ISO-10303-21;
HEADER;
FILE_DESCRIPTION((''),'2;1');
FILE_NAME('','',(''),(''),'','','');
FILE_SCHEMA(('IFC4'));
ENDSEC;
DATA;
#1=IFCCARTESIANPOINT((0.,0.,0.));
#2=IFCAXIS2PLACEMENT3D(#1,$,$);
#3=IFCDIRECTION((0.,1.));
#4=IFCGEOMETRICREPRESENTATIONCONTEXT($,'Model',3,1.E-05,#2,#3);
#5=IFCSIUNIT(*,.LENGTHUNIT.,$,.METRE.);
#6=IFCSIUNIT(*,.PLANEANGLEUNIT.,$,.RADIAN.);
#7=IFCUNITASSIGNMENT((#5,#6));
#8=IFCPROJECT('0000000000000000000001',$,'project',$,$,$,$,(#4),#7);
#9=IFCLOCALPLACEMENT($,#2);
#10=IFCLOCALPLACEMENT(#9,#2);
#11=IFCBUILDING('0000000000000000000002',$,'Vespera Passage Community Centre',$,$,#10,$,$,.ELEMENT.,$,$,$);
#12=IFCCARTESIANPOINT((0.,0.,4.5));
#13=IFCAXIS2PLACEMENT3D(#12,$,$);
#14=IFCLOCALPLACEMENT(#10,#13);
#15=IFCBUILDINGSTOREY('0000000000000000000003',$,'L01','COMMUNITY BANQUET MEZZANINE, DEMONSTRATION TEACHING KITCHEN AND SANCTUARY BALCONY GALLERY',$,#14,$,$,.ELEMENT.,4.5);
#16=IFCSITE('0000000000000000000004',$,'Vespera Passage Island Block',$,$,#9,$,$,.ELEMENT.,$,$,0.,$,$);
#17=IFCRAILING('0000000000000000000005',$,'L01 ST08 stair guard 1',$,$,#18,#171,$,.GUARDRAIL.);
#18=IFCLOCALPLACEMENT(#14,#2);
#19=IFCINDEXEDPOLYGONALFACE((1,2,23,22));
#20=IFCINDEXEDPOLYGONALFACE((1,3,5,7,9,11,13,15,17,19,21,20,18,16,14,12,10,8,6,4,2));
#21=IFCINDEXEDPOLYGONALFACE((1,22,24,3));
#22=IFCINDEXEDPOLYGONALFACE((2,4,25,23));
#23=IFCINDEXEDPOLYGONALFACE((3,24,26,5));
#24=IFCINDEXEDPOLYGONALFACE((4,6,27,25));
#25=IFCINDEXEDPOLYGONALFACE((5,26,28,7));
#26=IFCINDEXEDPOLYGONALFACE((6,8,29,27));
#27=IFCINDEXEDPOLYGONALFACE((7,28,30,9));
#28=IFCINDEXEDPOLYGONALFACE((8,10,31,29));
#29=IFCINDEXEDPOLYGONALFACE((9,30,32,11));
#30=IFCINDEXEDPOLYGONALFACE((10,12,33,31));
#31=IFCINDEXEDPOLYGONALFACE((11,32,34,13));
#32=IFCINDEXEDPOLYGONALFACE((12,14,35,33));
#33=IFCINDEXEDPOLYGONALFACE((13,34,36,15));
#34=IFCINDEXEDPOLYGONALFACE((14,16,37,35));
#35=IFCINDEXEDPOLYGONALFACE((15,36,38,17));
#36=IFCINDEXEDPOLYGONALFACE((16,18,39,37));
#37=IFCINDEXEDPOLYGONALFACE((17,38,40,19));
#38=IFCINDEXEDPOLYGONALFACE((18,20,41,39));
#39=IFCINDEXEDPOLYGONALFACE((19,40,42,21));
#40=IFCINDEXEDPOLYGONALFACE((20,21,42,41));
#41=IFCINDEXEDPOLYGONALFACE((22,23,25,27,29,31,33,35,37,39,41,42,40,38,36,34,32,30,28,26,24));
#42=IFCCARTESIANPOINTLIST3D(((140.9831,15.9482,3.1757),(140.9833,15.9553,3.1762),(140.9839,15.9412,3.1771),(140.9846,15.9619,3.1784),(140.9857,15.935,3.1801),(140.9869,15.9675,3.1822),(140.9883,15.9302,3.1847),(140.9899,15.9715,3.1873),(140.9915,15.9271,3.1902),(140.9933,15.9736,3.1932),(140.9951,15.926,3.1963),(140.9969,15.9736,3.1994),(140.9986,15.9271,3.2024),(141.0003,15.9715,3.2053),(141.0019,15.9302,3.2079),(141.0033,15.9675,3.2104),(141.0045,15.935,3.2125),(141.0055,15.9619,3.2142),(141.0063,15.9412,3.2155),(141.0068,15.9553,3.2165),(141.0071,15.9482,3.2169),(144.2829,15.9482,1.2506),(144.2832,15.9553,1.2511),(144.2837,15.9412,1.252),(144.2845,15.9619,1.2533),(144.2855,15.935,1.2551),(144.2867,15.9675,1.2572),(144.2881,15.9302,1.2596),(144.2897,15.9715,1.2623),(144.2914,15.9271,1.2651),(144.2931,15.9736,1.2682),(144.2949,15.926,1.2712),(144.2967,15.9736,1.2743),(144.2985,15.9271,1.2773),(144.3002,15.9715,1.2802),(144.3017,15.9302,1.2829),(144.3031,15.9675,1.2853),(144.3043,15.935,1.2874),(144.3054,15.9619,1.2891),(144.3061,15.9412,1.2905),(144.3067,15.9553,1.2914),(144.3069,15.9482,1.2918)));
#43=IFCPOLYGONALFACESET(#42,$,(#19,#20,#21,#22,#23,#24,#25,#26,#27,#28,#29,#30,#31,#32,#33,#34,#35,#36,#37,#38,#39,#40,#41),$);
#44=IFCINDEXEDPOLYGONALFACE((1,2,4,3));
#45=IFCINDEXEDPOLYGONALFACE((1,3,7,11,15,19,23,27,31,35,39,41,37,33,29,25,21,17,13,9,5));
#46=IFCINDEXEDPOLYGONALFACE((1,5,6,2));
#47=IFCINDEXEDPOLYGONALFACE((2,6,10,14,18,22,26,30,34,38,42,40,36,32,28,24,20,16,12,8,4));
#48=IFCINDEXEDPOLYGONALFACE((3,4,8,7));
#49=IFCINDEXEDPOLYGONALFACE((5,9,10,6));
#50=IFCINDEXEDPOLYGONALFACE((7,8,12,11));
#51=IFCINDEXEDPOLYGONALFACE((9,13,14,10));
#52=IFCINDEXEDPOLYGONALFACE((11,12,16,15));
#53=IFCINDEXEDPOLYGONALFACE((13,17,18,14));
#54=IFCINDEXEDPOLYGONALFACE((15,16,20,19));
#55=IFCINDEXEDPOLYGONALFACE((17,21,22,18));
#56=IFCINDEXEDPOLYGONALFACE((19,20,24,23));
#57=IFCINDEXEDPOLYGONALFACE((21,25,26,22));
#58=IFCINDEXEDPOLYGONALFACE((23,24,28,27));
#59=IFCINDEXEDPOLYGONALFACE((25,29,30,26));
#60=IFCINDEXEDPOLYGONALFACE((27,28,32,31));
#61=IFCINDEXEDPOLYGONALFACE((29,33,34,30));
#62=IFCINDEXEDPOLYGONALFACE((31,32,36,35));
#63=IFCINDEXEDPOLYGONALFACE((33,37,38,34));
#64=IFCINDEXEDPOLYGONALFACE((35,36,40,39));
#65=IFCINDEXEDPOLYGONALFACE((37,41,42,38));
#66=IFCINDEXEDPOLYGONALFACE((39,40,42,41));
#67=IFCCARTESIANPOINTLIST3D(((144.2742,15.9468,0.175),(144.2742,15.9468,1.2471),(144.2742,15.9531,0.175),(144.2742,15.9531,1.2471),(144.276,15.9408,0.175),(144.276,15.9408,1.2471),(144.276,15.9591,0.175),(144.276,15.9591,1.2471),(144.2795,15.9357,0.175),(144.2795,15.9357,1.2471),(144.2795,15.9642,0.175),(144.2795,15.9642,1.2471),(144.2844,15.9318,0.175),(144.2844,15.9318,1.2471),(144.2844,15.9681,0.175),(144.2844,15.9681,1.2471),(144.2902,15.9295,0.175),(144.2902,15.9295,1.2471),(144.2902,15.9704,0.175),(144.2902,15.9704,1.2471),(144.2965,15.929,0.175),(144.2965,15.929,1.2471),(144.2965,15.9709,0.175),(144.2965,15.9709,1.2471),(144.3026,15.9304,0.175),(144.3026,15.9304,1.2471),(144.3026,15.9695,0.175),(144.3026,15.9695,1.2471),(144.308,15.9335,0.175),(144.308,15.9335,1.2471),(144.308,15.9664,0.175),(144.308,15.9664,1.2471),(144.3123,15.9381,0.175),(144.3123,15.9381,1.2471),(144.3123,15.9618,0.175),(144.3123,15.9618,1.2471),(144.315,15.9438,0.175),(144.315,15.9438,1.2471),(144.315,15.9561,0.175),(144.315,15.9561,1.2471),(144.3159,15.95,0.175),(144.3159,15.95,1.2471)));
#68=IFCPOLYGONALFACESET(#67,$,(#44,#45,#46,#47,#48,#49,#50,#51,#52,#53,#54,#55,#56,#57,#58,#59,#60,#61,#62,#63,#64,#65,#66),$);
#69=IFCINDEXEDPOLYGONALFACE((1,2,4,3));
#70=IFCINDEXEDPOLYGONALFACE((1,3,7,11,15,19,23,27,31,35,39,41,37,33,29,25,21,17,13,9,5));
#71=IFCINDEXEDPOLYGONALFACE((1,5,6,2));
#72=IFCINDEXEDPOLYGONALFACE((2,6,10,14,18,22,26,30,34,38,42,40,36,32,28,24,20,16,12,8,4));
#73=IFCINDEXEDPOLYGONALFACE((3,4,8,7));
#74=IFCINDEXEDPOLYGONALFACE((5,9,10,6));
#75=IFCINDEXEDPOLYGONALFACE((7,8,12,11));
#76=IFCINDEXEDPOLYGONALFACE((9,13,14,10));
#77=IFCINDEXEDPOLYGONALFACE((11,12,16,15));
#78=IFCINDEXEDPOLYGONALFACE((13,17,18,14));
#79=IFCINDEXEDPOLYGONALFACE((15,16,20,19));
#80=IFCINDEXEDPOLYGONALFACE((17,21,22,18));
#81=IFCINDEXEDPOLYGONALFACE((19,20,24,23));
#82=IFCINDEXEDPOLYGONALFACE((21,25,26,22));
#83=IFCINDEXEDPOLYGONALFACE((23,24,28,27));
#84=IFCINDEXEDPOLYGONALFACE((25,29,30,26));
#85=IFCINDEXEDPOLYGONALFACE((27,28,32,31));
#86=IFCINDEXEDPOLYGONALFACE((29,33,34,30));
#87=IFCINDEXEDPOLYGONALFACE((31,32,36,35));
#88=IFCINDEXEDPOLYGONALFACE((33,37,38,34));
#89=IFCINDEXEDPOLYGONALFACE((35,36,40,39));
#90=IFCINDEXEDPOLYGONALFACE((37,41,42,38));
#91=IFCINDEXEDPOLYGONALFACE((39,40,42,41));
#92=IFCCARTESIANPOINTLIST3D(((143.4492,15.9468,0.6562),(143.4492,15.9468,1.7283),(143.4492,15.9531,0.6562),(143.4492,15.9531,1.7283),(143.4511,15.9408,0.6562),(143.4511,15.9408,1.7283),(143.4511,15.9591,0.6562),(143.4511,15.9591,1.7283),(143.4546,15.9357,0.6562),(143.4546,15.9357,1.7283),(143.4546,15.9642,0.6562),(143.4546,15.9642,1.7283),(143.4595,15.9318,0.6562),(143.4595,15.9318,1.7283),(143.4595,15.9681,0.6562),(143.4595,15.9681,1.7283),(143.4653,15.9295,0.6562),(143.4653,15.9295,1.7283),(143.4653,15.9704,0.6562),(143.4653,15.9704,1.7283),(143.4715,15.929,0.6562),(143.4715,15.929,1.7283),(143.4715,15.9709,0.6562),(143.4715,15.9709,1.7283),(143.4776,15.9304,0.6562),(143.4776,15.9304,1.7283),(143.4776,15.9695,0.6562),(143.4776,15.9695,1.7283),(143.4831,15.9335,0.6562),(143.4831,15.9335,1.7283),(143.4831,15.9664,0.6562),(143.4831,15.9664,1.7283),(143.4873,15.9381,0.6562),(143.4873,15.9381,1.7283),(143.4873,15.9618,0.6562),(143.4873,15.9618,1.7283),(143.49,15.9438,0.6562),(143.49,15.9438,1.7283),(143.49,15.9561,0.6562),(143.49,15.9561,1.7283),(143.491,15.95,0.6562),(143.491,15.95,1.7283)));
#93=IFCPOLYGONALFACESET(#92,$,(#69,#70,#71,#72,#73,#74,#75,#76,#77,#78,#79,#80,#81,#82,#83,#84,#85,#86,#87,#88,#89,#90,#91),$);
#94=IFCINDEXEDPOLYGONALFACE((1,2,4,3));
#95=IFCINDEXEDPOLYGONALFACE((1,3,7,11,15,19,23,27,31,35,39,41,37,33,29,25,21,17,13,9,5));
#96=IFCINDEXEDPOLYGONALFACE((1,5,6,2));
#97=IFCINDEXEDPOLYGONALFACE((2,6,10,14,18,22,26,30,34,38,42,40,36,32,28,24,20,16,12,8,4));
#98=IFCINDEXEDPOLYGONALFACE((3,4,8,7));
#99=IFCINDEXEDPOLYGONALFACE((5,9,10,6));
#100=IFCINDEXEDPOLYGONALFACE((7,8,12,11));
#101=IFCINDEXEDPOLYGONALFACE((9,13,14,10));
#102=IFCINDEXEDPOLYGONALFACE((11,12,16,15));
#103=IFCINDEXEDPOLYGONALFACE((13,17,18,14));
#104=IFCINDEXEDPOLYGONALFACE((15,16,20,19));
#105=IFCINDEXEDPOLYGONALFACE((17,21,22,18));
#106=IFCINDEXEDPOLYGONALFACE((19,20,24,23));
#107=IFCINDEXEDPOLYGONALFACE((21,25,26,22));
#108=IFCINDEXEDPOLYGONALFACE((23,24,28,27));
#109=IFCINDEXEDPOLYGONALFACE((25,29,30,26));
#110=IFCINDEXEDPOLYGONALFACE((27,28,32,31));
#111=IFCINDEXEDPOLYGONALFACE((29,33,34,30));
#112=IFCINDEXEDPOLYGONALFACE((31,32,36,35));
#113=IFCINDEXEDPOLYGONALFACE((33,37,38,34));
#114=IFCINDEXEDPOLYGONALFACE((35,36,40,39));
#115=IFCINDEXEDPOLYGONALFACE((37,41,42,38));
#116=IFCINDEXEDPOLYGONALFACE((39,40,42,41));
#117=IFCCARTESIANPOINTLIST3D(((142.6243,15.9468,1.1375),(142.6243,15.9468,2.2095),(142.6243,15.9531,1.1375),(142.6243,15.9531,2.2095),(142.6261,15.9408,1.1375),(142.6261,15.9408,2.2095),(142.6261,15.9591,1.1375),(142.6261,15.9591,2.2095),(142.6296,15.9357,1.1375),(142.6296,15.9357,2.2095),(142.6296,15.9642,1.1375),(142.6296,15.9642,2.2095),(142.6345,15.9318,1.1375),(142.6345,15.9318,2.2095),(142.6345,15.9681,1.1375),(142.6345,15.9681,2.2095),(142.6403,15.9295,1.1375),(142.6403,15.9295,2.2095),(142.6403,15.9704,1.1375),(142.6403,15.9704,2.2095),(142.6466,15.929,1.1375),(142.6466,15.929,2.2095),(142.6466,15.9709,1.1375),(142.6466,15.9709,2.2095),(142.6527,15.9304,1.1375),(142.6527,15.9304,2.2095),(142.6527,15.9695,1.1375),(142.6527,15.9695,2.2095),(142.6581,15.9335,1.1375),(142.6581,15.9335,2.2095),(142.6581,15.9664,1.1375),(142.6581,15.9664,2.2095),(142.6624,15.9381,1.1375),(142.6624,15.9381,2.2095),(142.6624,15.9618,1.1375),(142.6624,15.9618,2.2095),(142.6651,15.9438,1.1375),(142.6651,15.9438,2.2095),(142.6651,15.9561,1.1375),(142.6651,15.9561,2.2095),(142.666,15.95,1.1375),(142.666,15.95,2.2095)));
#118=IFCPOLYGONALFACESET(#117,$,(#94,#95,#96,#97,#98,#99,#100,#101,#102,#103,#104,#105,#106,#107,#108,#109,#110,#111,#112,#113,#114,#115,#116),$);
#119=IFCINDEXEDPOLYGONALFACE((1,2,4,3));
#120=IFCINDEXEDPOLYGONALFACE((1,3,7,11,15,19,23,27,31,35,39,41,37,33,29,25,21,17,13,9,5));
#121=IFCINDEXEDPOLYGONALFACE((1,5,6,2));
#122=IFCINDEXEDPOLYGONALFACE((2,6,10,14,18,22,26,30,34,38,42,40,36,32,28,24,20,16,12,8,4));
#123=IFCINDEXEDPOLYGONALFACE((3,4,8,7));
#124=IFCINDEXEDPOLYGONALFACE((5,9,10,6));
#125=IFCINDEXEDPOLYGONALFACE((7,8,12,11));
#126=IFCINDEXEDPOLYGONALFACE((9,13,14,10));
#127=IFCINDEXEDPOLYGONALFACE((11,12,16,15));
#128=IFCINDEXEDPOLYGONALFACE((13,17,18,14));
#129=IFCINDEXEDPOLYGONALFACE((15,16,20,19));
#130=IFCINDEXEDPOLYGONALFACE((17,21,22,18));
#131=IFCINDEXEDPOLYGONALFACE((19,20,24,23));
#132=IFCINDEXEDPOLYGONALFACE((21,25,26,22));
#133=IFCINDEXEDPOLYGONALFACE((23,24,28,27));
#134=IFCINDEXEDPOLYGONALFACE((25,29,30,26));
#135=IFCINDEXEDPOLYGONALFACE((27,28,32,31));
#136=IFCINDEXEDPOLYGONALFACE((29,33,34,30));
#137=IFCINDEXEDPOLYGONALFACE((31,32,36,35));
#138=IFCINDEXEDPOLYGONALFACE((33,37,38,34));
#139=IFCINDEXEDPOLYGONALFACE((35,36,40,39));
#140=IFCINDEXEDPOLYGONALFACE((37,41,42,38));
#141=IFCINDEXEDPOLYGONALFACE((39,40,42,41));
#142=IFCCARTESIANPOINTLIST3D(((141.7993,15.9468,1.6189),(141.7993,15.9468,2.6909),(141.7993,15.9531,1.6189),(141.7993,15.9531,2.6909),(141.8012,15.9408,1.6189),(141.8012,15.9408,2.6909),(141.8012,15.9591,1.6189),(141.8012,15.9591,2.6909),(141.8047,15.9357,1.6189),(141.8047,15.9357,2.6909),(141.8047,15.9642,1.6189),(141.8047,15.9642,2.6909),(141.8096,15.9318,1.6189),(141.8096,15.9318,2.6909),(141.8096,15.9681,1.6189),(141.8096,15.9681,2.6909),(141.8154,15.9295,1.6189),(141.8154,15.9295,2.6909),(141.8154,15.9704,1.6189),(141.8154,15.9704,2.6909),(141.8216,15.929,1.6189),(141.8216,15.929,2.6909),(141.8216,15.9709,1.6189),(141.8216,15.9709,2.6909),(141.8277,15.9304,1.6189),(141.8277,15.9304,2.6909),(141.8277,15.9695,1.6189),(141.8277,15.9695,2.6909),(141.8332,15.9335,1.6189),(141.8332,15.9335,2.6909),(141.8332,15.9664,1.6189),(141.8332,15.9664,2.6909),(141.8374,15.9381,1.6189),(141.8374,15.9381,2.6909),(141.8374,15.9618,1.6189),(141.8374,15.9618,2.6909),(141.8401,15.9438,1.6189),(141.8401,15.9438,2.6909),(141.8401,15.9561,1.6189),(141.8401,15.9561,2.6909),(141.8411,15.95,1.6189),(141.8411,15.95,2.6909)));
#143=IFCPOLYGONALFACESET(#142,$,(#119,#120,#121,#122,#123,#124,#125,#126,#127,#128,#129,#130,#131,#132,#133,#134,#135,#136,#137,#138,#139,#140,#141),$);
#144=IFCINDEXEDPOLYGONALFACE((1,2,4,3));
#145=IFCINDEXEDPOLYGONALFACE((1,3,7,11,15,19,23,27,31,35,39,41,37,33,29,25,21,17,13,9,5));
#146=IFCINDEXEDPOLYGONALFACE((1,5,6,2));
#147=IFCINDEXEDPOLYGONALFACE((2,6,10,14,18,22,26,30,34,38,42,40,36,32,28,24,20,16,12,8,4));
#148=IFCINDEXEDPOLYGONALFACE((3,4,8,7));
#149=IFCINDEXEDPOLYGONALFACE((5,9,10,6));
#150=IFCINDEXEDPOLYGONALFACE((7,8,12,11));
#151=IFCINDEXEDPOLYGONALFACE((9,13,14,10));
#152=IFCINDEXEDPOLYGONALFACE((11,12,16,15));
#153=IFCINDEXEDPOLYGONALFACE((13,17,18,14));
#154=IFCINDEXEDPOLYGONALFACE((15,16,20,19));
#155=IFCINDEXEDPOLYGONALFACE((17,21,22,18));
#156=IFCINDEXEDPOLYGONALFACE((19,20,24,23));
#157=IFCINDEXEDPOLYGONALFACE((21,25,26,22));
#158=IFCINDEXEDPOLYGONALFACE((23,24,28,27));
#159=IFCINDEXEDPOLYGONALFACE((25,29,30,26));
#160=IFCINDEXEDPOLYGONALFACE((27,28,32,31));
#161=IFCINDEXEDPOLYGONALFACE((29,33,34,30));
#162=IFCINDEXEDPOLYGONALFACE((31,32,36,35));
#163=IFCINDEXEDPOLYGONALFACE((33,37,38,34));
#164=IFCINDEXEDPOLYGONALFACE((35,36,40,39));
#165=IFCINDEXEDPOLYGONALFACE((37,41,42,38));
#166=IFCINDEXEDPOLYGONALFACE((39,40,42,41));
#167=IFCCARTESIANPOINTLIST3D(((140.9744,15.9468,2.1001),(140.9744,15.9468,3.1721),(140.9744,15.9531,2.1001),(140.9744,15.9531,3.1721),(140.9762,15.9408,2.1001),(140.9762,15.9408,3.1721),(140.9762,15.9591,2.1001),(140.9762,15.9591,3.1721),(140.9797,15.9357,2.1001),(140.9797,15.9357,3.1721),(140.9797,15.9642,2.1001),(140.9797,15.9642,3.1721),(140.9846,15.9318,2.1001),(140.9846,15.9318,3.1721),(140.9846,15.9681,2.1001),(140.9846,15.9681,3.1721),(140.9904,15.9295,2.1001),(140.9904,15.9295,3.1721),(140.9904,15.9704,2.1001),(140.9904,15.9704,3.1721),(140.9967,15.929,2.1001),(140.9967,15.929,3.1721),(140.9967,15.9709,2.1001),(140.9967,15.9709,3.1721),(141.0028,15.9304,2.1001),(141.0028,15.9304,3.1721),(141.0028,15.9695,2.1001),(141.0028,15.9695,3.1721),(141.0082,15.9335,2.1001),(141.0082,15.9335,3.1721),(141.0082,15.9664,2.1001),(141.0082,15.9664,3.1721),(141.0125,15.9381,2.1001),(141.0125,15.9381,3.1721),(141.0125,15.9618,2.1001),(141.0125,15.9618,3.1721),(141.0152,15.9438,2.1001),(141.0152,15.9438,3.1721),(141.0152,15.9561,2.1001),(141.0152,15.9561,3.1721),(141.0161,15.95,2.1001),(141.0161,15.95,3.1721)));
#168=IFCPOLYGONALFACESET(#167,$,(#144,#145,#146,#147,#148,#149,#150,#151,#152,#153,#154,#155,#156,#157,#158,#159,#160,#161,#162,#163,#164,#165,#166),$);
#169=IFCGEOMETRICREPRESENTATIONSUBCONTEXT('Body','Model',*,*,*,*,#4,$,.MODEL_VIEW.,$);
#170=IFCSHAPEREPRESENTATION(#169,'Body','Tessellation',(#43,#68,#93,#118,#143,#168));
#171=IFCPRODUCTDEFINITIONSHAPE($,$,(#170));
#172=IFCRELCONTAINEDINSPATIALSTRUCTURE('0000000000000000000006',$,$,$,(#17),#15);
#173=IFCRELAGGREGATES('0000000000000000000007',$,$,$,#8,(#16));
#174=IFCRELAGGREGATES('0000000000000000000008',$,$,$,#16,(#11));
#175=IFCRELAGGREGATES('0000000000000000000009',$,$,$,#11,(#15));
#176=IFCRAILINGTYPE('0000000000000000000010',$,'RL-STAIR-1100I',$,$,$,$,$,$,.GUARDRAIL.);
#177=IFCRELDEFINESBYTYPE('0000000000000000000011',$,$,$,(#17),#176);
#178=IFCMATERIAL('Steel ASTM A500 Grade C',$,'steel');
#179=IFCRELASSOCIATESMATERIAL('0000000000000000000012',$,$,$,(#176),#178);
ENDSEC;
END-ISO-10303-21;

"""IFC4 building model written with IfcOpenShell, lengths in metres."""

from ifc_helpers import new_model, si_unit, direction, frame, origin, origin_2d, place, context, subcontext, project, spatial, circle, extrude, material, type_object, element, save


model = new_model("IFC4")

# Units and contexts
model_context = context("Model", 3, precision=1e-05, world=origin(), true_north=direction((0.0, 1.0)))
body_context = subcontext(model_context, "Body", "Model", "MODEL_VIEW")
ifc_project = project(units=[si_unit("LENGTHUNIT", "METRE"), si_unit("PLANEANGLEUNIT", "RADIAN")], contexts=[model_context])

# Site, building, storey
site_placement = place(None, origin())
site = spatial("IfcSite", under=ifc_project, at=site_placement, Name="Vespera Passage Island Block", CompositionType="ELEMENT", RefElevation=0.0)
building_placement = place(site_placement, origin())
building = spatial("IfcBuilding", under=site, at=building_placement, Name="Vespera Passage Community Centre", CompositionType="ELEMENT")
storey_placement = place(building_placement, frame((0.0, 0.0, 4.5)))
storey = spatial("IfcBuildingStorey", under=building, at=storey_placement, Name="L01", Description="COMMUNITY BANQUET MEZZANINE, DEMONSTRATION TEACHING KITCHEN AND SANCTUARY BALCONY GALLERY", CompositionType="ELEMENT", Elevation=4.5)

# Railing
ifc_material_1 = material(Name="Steel ASTM A500 Grade C", Category="steel")
railing_type_1 = type_object("IfcRailingType", Name="RL-STAIR-1100I", PredefinedType="GUARDRAIL", material=ifc_material_1)
railing_1_placement = place(storey_placement, frame((144.2949, 15.95, 0.175)))
element("IfcRailing", 1, at=railing_1_placement, inside=storey, type_object=railing_type_1, Name="L01 ST08 stair guard 1", PredefinedType="GUARDRAIL", context=body_context, shape_type="SweptSolid", body=[
    extrude(circle(Radius=0.0239, at=origin_2d()), frame((0.0, 0.0, 1.0962), z_axis=(-0.86376, 0.0, 0.503903), x_axis=(0.0, -1.0, 0.0)), (0.0, 0.0, 1.0), 3.8203),
    extrude(circle(Radius=0.021, at=origin_2d()), origin(), (0.0, 0.0, 1.0), 1.072),
    extrude(circle(Radius=0.021, at=origin_2d()), frame((-0.825, 0.0, 0.4812)), (0.0, 0.0, 1.0), 1.072),
    extrude(circle(Radius=0.021, at=origin_2d()), frame((-1.6499, 0.0, 0.9624)), (0.0, 0.0, 1.0), 1.072),
    extrude(circle(Radius=0.021, at=origin_2d()), frame((-2.4749, 0.0, 1.4438)), (0.0, 0.0, 1.0), 1.072),
    extrude(circle(Radius=0.021, at=origin_2d()), frame((-3.2998, 0.0, 1.925)), (0.0, 0.0, 1.0), 1.072),
])

save(model, "model.ifc")
